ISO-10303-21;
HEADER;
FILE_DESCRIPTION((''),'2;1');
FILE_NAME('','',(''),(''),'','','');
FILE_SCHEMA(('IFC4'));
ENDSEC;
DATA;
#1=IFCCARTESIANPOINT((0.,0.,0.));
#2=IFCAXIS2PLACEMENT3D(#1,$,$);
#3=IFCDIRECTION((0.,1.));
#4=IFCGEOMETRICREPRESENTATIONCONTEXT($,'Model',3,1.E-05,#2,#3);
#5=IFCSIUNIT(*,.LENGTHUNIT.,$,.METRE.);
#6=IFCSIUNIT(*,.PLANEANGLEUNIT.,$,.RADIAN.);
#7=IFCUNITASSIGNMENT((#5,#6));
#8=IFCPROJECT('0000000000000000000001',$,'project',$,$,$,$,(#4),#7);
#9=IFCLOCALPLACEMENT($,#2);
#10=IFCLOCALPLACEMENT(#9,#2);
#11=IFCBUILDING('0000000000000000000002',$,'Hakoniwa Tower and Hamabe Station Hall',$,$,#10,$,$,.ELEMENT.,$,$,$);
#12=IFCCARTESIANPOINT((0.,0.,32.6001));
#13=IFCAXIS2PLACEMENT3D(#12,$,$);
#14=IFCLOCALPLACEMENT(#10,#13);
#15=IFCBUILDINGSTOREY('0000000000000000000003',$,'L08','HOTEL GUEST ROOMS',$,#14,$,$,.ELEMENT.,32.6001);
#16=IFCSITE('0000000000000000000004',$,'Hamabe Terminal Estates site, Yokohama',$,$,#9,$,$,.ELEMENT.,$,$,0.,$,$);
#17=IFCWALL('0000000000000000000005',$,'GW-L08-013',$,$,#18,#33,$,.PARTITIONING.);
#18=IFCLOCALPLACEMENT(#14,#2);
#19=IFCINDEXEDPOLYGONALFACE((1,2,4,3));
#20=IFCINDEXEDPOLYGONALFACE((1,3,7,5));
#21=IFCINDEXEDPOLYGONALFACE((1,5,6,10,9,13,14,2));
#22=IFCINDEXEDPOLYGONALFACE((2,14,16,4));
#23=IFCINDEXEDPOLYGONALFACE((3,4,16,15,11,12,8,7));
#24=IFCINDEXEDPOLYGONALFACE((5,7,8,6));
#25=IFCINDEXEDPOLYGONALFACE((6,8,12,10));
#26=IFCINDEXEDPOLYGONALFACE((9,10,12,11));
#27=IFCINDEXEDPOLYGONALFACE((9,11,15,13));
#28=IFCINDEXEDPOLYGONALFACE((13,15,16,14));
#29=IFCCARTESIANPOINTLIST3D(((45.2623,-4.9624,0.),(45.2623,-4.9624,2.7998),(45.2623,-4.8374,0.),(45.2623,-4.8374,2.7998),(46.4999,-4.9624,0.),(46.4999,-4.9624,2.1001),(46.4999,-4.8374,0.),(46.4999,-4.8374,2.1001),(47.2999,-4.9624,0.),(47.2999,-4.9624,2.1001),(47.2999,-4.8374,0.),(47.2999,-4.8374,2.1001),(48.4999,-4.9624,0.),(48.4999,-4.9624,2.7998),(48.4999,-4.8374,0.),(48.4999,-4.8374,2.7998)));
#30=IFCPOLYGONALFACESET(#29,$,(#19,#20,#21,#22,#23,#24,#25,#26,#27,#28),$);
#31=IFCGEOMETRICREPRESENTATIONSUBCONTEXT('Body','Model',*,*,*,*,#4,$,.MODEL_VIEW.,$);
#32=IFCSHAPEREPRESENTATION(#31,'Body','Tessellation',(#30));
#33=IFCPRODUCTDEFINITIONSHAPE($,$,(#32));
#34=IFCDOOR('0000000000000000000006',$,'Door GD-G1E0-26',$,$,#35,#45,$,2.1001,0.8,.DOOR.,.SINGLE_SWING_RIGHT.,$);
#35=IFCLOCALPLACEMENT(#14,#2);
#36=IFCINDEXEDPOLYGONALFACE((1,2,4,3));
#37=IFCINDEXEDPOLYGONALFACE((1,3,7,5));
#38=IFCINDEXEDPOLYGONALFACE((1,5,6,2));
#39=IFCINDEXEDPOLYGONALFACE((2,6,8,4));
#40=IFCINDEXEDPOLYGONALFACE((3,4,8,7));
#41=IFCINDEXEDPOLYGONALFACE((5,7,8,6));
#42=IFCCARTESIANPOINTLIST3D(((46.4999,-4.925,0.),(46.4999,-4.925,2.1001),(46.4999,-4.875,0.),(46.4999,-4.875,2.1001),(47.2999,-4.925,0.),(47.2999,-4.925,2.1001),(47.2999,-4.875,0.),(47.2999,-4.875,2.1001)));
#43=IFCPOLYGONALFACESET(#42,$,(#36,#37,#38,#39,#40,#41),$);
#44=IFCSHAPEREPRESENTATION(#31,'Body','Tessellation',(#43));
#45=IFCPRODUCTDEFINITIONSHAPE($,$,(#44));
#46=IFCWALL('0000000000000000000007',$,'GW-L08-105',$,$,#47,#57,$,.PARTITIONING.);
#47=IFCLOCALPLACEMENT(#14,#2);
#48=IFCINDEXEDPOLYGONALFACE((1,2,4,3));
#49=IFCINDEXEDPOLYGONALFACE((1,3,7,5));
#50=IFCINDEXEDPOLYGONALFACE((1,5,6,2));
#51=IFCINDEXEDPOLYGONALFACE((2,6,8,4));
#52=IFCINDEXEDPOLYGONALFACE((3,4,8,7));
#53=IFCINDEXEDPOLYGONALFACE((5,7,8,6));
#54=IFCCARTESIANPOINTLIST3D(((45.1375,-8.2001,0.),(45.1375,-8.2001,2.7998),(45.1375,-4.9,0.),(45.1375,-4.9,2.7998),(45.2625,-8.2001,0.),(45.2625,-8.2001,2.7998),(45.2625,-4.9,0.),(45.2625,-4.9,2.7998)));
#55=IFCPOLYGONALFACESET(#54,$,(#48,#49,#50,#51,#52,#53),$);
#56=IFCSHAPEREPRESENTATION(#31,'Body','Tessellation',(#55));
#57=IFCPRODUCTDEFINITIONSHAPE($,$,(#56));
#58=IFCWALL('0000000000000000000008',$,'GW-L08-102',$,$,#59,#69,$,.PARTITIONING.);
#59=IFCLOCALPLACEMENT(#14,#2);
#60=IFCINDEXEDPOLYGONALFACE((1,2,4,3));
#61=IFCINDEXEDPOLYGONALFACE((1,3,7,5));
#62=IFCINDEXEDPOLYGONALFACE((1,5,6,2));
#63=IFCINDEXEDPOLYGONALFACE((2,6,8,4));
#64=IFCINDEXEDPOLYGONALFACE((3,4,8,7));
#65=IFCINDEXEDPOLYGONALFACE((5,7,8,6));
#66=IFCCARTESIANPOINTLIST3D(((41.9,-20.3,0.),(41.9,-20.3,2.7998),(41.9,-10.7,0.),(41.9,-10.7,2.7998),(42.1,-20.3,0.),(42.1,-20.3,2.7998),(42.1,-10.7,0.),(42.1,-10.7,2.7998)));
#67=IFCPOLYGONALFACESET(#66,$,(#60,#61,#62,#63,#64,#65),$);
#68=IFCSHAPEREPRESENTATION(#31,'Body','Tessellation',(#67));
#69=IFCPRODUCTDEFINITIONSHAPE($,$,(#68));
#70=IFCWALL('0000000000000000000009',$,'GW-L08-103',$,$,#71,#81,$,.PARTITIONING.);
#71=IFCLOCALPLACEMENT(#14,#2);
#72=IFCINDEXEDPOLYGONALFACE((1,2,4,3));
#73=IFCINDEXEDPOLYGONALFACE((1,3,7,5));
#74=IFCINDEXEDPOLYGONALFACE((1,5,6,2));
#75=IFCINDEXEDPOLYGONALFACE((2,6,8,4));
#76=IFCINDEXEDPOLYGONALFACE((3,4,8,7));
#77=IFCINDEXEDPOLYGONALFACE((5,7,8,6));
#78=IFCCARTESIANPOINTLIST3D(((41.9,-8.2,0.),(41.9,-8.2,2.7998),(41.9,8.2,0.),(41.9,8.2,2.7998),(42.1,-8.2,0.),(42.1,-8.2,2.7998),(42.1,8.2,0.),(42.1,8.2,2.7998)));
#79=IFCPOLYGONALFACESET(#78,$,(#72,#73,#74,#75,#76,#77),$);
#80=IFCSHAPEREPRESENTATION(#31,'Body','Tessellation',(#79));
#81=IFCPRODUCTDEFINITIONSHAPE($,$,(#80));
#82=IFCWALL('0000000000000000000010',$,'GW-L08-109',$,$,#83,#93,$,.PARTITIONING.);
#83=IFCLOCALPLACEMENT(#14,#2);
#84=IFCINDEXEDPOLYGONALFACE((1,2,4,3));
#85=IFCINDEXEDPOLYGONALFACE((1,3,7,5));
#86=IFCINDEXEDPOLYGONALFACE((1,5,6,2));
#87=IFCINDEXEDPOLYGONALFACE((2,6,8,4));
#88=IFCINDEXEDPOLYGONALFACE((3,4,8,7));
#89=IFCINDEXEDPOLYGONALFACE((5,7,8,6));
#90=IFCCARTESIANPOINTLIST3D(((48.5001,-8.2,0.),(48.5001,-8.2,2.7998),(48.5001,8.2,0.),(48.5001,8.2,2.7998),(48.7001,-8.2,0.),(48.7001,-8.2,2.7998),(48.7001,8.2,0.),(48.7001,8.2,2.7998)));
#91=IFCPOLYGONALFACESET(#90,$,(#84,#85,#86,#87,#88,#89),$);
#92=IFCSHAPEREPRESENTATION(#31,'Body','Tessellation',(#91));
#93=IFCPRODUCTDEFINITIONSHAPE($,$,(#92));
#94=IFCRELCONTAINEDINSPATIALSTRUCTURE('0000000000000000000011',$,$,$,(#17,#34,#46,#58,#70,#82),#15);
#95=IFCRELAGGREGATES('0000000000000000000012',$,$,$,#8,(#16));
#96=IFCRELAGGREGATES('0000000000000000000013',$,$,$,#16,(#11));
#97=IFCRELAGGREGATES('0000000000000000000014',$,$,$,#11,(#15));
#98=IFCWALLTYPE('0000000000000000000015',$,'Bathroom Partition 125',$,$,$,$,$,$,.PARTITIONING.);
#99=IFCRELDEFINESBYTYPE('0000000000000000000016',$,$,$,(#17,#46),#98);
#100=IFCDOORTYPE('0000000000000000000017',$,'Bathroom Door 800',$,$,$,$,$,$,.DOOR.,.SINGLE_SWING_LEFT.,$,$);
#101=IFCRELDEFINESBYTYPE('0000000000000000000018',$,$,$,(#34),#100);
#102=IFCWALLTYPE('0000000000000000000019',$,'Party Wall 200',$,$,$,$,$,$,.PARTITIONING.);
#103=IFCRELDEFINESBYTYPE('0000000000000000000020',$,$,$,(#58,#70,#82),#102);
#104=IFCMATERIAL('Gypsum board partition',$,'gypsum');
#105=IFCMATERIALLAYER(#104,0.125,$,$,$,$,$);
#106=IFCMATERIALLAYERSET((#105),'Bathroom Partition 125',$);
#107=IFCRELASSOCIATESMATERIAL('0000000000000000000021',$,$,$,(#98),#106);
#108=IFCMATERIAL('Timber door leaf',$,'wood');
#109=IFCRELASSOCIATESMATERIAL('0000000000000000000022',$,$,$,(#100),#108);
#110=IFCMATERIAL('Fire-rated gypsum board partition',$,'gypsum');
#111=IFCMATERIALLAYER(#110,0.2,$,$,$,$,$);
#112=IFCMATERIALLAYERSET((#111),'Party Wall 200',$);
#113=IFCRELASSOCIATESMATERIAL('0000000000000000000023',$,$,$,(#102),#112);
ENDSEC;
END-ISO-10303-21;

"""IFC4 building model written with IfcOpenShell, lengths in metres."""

from ifc_helpers import new_model, si_unit, direction, frame, frame_2d, origin, place, context, subcontext, project, spatial, rectangle, extrude, material, layer, layer_set, type_object, element, fill, save


model = new_model("IFC4")

# Units and contexts
model_context = context("Model", 3, precision=1e-05, world=origin(), true_north=direction((0.0, 1.0)))
body_context = subcontext(model_context, "Body", "Model", "MODEL_VIEW")
ifc_project = project(units=[si_unit("LENGTHUNIT", "METRE"), si_unit("PLANEANGLEUNIT", "RADIAN")], contexts=[model_context])

# Site, building, storey
site_placement = place(None, origin())
site = spatial("IfcSite", under=ifc_project, at=site_placement, Name="Hamabe Terminal Estates site, Yokohama", CompositionType="ELEMENT", RefElevation=0.0)
building_placement = place(site_placement, origin())
building = spatial("IfcBuilding", under=site, at=building_placement, Name="Hakoniwa Tower and Hamabe Station Hall", CompositionType="ELEMENT")
storey_placement = place(building_placement, frame((0.0, 0.0, 32.6001)))
storey = spatial("IfcBuildingStorey", under=building, at=storey_placement, Name="L08", Description="HOTEL GUEST ROOMS", CompositionType="ELEMENT", Elevation=32.6001)

# Shared definitions
ifc_material_1 = material(Name="Gypsum board partition", Category="gypsum")
ifc_layer_1 = layer(ifc_material_1, 0.125)
ifc_layer_set_1 = layer_set([ifc_layer_1], Name="Bathroom Partition 125")
wall_type_1 = type_object("IfcWallType", Name="Bathroom Partition 125", PredefinedType="PARTITIONING", material=ifc_layer_set_1)

# Wall, opening, door
wall_1_placement = place(storey_placement, frame((45.2625, -4.8999, 0.0), z_axis=(0.0, 0.0, 1.0), x_axis=(1.0, 0.0, 0.0)))
wall_1 = element("IfcWall", 1, at=wall_1_placement, inside=storey, type_object=wall_type_1, Name="GW-L08-013", PredefinedType="PARTITIONING", context=body_context, shape_type="SweptSolid", body=[
    extrude(rectangle(XDim=3.2375, YDim=0.125, at=frame_2d((1.6187, 0.0))), origin(), (0.0, 0.0, 1.0), 2.7998),
])
opening_placement = place(wall_1_placement, frame((1.2375, 0.0, 0.0)))
opening = element("IfcOpeningElement", 2, at=opening_placement, cuts=wall_1, PredefinedType="OPENING", context=body_context, shape_type="SweptSolid", body=[
    extrude(rectangle(XDim=0.8, YDim=2.1001, at=frame_2d((0.3999, 1.05))), frame((0.0, 0.0725, 0.0), z_axis=(0.0, -1.0, 0.0), x_axis=(1.0, 0.0, 0.0)), (0.0, 0.0, 1.0), 0.145),
])
ifc_material_2 = material(Name="Timber door leaf", Category="wood")
door_type = type_object("IfcDoorType", Name="Bathroom Door 800", OperationType="SINGLE_SWING_LEFT", PredefinedType="DOOR", material=ifc_material_2)
door_placement = place(opening_placement, origin())
door = element("IfcDoor", 3, at=door_placement, inside=storey, type_object=door_type, Name="Door GD-G1E0-26", OperationType="SINGLE_SWING_RIGHT", OverallHeight=2.1001, OverallWidth=0.8, PredefinedType="DOOR", context=body_context, shape_type="SweptSolid", body=[
    extrude(rectangle(XDim=0.8, YDim=2.1001, at=frame_2d((0.3999, 1.05))), frame((0.0, 0.0249, 0.0), z_axis=(0.0, -1.0, 0.0), x_axis=(1.0, 0.0, 0.0)), (0.0, 0.0, 1.0), 0.05),
])
fill(opening, door)

# Walls
wall_2_placement = place(storey_placement, frame((45.2, -8.2, 0.0), z_axis=(0.0, 0.0, 1.0), x_axis=(0.0, 1.0, 0.0)))
element("IfcWall", 4, at=wall_2_placement, inside=storey, type_object=wall_type_1, Name="GW-L08-105", PredefinedType="PARTITIONING", context=body_context, shape_type="SweptSolid", body=[
    extrude(rectangle(XDim=3.3, YDim=0.125, at=frame_2d((1.6499, 0.0))), origin(), (0.0, 0.0, 1.0), 2.7998),
])
ifc_material_3 = material(Name="Fire-rated gypsum board partition", Category="gypsum")
ifc_layer_2 = layer(ifc_material_3, 0.2)
ifc_layer_set_2 = layer_set([ifc_layer_2], Name="Party Wall 200")
wall_type_2 = type_object("IfcWallType", Name="Party Wall 200", PredefinedType="PARTITIONING", material=ifc_layer_set_2)
wall_3_placement = place(storey_placement, frame((42.0, -20.3, 0.0), z_axis=(0.0, 0.0, 1.0), x_axis=(0.0, 1.0, 0.0)))
element("IfcWall", 5, at=wall_3_placement, inside=storey, type_object=wall_type_2, Name="GW-L08-102", PredefinedType="PARTITIONING", context=body_context, shape_type="SweptSolid", body=[
    extrude(rectangle(XDim=9.6001, YDim=0.2, at=frame_2d((4.8, 0.0))), origin(), (0.0, 0.0, 1.0), 2.7998),
])
for number, where, z_axis, x_axis, name in (
    (6, (42.0, -8.2, 0.0), (0.0, 0.0, 1.0), (0.0, 1.0, 0.0), "GW-L08-103"),
    (7, (48.6001, -8.2, 0.0), (0.0, 0.0, 1.0), (0.0, 1.0, 0.0), "GW-L08-109"),
):
    element("IfcWall", number, at=place(storey_placement, frame(where, z_axis=z_axis, x_axis=x_axis)), inside=storey, type_object=wall_type_2, Name=name, PredefinedType="PARTITIONING", context=body_context, shape_type="SweptSolid", body=[
        extrude(rectangle(XDim=16.3999, YDim=0.2, at=frame_2d((8.2, 0.0))), origin(), (0.0, 0.0, 1.0), 2.7998),
    ])

save(model, "model.ifc")
